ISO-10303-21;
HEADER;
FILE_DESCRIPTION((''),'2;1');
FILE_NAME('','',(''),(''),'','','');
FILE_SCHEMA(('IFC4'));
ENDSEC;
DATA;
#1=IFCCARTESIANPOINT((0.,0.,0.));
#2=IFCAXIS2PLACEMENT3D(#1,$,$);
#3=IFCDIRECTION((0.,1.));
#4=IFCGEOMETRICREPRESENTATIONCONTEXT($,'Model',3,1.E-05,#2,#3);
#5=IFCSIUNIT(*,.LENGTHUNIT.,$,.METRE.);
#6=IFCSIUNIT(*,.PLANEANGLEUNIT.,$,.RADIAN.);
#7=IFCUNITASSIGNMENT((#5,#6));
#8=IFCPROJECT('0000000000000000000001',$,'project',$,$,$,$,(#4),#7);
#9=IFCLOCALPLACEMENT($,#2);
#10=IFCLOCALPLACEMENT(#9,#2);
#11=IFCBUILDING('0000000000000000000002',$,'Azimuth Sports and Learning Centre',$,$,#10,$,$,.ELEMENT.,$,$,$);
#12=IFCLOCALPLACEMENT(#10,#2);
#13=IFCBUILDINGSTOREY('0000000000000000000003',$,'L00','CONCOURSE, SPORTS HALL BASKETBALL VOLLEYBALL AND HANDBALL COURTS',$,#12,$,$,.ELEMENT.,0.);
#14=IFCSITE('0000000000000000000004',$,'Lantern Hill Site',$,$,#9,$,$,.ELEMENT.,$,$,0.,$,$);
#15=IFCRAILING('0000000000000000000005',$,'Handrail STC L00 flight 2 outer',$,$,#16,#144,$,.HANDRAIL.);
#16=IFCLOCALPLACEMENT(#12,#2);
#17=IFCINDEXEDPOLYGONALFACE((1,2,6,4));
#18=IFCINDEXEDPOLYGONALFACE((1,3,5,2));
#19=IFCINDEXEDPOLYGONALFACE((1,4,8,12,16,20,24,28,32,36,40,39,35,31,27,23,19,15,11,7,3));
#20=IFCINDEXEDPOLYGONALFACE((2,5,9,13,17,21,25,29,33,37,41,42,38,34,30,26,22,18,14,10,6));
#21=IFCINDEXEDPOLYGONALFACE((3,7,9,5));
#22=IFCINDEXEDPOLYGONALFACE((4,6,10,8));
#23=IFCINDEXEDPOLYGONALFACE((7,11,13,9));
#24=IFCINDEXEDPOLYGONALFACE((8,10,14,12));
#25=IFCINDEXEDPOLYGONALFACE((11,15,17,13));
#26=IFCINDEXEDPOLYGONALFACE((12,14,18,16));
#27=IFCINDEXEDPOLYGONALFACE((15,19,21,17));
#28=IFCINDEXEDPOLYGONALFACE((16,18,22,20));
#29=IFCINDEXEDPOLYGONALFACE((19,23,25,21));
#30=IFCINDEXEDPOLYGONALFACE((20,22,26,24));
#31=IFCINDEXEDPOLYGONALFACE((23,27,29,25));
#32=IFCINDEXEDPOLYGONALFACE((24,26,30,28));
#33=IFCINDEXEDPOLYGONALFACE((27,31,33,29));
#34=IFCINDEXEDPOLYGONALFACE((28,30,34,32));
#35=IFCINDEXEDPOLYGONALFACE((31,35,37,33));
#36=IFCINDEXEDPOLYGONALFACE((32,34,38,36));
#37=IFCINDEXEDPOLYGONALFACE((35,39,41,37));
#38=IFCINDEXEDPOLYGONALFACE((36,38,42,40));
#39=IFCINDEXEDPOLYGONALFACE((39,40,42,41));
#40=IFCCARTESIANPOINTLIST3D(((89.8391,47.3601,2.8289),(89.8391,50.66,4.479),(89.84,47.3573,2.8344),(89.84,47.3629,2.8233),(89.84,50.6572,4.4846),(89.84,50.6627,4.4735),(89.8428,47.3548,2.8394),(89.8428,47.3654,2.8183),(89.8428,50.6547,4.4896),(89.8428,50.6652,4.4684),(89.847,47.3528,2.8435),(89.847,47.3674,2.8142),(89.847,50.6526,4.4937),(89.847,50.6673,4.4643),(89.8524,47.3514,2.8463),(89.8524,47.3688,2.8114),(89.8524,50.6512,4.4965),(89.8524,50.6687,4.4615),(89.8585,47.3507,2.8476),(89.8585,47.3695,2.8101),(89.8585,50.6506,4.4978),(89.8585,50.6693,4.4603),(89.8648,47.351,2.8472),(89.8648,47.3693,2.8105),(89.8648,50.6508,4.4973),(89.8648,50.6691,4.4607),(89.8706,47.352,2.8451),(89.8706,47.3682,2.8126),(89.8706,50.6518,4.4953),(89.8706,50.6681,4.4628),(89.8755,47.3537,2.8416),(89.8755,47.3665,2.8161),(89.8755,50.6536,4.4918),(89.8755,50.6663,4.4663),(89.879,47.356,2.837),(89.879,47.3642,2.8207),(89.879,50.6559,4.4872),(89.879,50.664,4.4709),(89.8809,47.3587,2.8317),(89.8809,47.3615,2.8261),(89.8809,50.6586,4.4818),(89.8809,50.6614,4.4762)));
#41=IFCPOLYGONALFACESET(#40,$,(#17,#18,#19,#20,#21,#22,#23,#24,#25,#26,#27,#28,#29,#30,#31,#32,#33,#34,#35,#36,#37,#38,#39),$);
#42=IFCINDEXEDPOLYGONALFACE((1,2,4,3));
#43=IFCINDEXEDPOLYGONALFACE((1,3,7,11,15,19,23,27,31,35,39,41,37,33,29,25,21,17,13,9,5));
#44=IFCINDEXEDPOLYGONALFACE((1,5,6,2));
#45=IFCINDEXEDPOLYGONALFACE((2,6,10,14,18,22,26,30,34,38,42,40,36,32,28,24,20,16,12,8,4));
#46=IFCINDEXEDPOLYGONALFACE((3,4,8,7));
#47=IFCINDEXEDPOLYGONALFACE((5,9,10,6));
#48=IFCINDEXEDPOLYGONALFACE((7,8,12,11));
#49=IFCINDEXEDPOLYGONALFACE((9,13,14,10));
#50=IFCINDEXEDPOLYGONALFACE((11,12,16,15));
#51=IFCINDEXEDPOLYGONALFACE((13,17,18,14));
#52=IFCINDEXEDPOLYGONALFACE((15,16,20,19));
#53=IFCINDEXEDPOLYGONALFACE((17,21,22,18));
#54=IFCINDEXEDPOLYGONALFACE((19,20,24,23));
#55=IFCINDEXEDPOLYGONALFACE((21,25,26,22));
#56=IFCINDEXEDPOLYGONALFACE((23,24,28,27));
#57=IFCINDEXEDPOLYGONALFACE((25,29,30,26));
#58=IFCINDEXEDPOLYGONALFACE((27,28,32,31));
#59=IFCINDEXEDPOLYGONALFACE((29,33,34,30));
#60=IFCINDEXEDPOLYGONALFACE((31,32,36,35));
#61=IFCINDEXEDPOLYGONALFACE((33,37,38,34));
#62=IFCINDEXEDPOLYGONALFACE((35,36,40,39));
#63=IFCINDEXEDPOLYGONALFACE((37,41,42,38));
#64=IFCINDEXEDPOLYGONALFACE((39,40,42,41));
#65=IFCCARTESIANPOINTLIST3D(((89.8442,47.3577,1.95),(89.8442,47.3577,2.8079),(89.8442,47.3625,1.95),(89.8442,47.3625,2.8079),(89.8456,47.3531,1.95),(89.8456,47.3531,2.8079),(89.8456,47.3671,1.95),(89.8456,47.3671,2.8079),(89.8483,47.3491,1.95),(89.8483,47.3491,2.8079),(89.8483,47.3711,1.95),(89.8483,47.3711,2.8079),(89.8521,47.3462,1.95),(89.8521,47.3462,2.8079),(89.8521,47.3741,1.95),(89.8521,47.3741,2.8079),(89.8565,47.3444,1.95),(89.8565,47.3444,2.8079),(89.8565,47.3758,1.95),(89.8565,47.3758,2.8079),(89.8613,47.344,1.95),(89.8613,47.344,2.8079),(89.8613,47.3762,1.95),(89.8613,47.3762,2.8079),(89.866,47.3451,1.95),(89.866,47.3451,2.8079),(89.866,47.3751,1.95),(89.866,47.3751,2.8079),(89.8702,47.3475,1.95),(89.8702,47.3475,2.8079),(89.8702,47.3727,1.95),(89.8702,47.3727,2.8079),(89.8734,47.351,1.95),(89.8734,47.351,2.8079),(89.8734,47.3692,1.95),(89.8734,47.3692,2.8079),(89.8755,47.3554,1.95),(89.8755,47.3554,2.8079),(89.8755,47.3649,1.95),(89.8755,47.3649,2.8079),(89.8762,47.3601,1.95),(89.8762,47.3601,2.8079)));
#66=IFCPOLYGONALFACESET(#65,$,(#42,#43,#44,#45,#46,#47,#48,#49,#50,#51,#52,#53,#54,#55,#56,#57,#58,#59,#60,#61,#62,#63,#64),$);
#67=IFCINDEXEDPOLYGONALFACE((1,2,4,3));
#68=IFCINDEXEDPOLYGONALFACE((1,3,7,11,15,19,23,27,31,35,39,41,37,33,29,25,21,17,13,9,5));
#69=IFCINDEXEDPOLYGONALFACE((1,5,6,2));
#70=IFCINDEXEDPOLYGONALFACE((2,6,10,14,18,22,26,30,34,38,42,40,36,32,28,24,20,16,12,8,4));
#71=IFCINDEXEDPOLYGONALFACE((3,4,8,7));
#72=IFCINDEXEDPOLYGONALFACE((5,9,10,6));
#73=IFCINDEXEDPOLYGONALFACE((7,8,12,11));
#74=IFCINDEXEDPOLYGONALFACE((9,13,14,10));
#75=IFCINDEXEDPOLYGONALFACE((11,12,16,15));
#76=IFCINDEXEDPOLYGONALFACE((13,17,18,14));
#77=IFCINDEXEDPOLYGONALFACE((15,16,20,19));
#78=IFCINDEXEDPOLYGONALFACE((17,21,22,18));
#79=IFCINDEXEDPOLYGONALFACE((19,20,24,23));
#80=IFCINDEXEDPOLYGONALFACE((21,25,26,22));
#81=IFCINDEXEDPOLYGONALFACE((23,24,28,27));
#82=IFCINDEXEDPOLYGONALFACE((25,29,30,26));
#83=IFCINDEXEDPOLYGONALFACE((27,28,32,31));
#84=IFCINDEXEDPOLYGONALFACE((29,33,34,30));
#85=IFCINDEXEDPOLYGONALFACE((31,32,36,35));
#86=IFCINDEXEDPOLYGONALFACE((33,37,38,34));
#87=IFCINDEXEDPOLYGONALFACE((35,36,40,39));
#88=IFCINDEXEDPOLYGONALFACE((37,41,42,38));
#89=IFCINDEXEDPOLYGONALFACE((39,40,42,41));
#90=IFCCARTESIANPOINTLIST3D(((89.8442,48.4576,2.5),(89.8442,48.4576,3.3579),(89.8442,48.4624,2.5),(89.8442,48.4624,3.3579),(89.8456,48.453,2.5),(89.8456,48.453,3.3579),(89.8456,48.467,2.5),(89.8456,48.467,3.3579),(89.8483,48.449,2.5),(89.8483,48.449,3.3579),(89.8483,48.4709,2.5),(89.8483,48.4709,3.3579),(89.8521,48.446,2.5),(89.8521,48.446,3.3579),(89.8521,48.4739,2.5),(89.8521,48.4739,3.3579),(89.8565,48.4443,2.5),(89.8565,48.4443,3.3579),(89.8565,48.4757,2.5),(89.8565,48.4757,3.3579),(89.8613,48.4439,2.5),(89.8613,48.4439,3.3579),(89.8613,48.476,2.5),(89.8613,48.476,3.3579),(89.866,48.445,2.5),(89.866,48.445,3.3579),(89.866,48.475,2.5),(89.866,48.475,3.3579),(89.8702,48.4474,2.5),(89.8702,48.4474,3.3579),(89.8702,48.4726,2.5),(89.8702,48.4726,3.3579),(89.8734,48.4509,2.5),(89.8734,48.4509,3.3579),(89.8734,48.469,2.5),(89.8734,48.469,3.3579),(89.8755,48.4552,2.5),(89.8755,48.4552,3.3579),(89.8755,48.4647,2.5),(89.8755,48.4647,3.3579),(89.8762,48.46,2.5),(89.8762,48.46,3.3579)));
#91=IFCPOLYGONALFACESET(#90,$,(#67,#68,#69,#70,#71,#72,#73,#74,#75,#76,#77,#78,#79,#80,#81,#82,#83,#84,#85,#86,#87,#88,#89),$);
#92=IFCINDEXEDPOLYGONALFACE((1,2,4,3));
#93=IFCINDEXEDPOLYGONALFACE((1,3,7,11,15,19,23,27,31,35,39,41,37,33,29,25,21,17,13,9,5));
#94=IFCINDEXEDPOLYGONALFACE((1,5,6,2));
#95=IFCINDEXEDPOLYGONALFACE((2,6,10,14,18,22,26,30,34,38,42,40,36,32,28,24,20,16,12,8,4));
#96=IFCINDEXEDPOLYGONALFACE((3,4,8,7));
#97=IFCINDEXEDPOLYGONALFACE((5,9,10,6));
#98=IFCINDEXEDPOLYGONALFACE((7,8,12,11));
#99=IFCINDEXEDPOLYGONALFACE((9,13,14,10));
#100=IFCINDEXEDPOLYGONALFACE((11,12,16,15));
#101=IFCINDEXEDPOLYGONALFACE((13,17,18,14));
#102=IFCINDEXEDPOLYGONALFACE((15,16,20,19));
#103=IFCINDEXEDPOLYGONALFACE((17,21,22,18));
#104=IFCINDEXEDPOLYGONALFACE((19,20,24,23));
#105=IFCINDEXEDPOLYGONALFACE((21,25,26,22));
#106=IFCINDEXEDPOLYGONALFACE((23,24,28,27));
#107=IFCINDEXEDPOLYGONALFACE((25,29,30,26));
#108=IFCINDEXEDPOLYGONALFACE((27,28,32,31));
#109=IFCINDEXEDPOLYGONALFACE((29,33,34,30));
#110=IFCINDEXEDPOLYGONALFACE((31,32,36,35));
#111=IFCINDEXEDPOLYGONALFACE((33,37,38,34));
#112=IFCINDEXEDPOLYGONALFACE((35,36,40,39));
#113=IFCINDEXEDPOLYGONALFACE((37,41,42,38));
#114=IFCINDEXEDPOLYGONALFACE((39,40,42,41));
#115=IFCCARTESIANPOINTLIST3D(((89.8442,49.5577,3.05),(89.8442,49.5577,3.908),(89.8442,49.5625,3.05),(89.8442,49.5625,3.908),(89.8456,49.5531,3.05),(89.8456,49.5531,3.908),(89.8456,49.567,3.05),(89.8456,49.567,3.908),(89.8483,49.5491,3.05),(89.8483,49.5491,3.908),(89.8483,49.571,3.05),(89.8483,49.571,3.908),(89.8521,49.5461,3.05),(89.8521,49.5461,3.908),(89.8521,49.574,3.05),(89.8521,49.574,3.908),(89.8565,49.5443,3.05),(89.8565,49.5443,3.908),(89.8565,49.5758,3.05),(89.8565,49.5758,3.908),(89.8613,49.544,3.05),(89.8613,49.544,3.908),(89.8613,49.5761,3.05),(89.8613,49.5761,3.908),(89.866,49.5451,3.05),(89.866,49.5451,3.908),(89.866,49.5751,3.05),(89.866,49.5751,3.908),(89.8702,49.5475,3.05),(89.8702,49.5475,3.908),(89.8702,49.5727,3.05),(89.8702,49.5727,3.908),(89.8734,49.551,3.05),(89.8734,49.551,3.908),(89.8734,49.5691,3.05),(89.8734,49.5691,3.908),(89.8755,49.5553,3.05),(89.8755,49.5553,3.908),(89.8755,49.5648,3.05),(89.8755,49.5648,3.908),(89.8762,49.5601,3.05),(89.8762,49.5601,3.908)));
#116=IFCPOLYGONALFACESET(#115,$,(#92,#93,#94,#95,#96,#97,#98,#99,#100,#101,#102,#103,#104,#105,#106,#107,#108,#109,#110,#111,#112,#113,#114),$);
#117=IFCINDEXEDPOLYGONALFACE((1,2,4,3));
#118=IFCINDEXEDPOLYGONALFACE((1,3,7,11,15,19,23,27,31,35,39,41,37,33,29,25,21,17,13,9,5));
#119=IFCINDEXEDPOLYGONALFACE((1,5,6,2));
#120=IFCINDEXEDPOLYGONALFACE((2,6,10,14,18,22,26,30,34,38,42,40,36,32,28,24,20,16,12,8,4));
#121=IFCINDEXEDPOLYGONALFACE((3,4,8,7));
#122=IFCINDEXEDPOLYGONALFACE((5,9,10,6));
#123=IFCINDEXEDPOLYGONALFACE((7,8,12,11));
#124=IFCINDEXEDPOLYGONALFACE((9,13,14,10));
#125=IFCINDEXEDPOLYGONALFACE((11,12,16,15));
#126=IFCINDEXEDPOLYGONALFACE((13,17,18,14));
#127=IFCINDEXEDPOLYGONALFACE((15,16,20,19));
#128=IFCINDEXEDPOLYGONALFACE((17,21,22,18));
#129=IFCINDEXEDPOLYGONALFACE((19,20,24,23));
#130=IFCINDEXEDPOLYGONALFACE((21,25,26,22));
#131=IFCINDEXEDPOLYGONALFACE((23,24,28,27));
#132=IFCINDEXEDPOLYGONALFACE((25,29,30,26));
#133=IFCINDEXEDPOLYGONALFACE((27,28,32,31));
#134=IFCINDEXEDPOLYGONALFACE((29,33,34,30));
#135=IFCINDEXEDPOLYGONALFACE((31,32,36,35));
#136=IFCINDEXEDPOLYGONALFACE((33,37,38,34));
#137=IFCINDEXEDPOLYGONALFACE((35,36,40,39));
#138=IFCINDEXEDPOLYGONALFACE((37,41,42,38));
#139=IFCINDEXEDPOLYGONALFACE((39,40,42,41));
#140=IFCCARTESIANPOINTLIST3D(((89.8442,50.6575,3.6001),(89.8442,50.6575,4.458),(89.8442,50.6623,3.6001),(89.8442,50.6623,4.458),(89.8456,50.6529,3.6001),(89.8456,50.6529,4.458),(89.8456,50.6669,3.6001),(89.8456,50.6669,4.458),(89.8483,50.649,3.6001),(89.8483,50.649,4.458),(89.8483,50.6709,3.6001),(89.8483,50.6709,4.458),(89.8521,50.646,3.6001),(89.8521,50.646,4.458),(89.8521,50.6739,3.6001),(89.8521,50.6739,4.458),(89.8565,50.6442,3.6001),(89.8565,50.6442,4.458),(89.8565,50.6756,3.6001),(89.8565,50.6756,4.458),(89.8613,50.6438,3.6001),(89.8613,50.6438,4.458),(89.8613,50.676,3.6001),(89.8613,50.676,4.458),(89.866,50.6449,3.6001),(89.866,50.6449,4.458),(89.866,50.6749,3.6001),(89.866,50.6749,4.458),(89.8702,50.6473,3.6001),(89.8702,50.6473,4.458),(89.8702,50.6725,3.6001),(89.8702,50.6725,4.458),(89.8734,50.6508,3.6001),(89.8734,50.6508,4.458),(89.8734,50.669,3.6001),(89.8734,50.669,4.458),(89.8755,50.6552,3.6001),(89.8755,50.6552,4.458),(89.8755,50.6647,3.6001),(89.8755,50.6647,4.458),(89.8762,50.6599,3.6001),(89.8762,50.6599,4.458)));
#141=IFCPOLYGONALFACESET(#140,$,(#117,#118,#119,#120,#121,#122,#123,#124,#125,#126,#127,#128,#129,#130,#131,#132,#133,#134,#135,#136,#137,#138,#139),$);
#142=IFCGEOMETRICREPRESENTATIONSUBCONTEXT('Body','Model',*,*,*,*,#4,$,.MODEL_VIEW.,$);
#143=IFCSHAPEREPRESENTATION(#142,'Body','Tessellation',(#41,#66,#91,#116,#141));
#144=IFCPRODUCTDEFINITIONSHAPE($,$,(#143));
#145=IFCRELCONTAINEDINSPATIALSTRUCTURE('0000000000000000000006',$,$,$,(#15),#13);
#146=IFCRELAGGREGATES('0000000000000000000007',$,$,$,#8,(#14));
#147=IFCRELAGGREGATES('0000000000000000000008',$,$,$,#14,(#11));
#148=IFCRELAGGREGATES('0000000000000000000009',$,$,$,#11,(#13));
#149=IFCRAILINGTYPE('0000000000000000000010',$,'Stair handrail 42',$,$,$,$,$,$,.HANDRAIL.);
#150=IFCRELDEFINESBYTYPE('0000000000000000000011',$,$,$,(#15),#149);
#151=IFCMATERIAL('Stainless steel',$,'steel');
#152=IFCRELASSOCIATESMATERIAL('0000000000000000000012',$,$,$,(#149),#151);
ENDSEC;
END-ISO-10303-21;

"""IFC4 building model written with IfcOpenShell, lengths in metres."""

from ifc_helpers import new_model, si_unit, direction, frame, origin, origin_2d, place, context, subcontext, project, spatial, circle, extrude, material, type_object, element, save


model = new_model("IFC4")

# Units and contexts
model_context = context("Model", 3, precision=1e-05, world=origin(), true_north=direction((0.0, 1.0)))
body_context = subcontext(model_context, "Body", "Model", "MODEL_VIEW")
ifc_project = project(units=[si_unit("LENGTHUNIT", "METRE"), si_unit("PLANEANGLEUNIT", "RADIAN")], contexts=[model_context])

# Site, building, storey
site_placement = place(None, origin())
site = spatial("IfcSite", under=ifc_project, at=site_placement, Name="Lantern Hill Site", CompositionType="ELEMENT", RefElevation=0.0)
building_placement = place(site_placement, origin())
building = spatial("IfcBuilding", under=site, at=building_placement, Name="Azimuth Sports and Learning Centre", CompositionType="ELEMENT")
storey_placement = place(building_placement, origin())
storey = spatial("IfcBuildingStorey", under=building, at=storey_placement, Name="L00", Description="CONCOURSE, SPORTS HALL BASKETBALL VOLLEYBALL AND HANDBALL COURTS", CompositionType="ELEMENT", Elevation=0.0)

# Railing
ifc_material_1 = material(Name="Stainless steel", Category="steel")
railing_type_1 = type_object("IfcRailingType", Name="Stair handrail 42", PredefinedType="HANDRAIL", material=ifc_material_1)
for number, where, name in (
    (1, (89.8601, 47.3601, 1.95), "Handrail STC L00 flight 2 outer"),
):
    element("IfcRailing", number, at=place(storey_placement, frame(where)), inside=storey, type_object=railing_type_1, Name=name, PredefinedType="HANDRAIL", context=body_context, shape_type="SweptSolid", body=[
        extrude(circle(Radius=0.021, at=origin_2d()), frame((0.0, 0.0, 0.8789), z_axis=(0.0, 0.894401, 0.447267), x_axis=(-1.0, 0.0, 0.0)), (0.0, 0.0, 1.0), 3.6895),
        extrude(circle(Radius=0.0161, at=origin_2d()), origin(), (0.0, 0.0, 1.0), 0.8579),
        extrude(circle(Radius=0.0161, at=origin_2d()), frame((0.0, 1.0999, 0.55)), (0.0, 0.0, 1.0), 0.8579),
        extrude(circle(Radius=0.0161, at=origin_2d()), frame((0.0, 2.2, 1.1001)), (0.0, 0.0, 1.0), 0.8579),
        extrude(circle(Radius=0.0161, at=origin_2d()), frame((0.0, 3.2998, 1.6501)), (0.0, 0.0, 1.0), 0.8579),
    ])

save(model, "model.ifc")
